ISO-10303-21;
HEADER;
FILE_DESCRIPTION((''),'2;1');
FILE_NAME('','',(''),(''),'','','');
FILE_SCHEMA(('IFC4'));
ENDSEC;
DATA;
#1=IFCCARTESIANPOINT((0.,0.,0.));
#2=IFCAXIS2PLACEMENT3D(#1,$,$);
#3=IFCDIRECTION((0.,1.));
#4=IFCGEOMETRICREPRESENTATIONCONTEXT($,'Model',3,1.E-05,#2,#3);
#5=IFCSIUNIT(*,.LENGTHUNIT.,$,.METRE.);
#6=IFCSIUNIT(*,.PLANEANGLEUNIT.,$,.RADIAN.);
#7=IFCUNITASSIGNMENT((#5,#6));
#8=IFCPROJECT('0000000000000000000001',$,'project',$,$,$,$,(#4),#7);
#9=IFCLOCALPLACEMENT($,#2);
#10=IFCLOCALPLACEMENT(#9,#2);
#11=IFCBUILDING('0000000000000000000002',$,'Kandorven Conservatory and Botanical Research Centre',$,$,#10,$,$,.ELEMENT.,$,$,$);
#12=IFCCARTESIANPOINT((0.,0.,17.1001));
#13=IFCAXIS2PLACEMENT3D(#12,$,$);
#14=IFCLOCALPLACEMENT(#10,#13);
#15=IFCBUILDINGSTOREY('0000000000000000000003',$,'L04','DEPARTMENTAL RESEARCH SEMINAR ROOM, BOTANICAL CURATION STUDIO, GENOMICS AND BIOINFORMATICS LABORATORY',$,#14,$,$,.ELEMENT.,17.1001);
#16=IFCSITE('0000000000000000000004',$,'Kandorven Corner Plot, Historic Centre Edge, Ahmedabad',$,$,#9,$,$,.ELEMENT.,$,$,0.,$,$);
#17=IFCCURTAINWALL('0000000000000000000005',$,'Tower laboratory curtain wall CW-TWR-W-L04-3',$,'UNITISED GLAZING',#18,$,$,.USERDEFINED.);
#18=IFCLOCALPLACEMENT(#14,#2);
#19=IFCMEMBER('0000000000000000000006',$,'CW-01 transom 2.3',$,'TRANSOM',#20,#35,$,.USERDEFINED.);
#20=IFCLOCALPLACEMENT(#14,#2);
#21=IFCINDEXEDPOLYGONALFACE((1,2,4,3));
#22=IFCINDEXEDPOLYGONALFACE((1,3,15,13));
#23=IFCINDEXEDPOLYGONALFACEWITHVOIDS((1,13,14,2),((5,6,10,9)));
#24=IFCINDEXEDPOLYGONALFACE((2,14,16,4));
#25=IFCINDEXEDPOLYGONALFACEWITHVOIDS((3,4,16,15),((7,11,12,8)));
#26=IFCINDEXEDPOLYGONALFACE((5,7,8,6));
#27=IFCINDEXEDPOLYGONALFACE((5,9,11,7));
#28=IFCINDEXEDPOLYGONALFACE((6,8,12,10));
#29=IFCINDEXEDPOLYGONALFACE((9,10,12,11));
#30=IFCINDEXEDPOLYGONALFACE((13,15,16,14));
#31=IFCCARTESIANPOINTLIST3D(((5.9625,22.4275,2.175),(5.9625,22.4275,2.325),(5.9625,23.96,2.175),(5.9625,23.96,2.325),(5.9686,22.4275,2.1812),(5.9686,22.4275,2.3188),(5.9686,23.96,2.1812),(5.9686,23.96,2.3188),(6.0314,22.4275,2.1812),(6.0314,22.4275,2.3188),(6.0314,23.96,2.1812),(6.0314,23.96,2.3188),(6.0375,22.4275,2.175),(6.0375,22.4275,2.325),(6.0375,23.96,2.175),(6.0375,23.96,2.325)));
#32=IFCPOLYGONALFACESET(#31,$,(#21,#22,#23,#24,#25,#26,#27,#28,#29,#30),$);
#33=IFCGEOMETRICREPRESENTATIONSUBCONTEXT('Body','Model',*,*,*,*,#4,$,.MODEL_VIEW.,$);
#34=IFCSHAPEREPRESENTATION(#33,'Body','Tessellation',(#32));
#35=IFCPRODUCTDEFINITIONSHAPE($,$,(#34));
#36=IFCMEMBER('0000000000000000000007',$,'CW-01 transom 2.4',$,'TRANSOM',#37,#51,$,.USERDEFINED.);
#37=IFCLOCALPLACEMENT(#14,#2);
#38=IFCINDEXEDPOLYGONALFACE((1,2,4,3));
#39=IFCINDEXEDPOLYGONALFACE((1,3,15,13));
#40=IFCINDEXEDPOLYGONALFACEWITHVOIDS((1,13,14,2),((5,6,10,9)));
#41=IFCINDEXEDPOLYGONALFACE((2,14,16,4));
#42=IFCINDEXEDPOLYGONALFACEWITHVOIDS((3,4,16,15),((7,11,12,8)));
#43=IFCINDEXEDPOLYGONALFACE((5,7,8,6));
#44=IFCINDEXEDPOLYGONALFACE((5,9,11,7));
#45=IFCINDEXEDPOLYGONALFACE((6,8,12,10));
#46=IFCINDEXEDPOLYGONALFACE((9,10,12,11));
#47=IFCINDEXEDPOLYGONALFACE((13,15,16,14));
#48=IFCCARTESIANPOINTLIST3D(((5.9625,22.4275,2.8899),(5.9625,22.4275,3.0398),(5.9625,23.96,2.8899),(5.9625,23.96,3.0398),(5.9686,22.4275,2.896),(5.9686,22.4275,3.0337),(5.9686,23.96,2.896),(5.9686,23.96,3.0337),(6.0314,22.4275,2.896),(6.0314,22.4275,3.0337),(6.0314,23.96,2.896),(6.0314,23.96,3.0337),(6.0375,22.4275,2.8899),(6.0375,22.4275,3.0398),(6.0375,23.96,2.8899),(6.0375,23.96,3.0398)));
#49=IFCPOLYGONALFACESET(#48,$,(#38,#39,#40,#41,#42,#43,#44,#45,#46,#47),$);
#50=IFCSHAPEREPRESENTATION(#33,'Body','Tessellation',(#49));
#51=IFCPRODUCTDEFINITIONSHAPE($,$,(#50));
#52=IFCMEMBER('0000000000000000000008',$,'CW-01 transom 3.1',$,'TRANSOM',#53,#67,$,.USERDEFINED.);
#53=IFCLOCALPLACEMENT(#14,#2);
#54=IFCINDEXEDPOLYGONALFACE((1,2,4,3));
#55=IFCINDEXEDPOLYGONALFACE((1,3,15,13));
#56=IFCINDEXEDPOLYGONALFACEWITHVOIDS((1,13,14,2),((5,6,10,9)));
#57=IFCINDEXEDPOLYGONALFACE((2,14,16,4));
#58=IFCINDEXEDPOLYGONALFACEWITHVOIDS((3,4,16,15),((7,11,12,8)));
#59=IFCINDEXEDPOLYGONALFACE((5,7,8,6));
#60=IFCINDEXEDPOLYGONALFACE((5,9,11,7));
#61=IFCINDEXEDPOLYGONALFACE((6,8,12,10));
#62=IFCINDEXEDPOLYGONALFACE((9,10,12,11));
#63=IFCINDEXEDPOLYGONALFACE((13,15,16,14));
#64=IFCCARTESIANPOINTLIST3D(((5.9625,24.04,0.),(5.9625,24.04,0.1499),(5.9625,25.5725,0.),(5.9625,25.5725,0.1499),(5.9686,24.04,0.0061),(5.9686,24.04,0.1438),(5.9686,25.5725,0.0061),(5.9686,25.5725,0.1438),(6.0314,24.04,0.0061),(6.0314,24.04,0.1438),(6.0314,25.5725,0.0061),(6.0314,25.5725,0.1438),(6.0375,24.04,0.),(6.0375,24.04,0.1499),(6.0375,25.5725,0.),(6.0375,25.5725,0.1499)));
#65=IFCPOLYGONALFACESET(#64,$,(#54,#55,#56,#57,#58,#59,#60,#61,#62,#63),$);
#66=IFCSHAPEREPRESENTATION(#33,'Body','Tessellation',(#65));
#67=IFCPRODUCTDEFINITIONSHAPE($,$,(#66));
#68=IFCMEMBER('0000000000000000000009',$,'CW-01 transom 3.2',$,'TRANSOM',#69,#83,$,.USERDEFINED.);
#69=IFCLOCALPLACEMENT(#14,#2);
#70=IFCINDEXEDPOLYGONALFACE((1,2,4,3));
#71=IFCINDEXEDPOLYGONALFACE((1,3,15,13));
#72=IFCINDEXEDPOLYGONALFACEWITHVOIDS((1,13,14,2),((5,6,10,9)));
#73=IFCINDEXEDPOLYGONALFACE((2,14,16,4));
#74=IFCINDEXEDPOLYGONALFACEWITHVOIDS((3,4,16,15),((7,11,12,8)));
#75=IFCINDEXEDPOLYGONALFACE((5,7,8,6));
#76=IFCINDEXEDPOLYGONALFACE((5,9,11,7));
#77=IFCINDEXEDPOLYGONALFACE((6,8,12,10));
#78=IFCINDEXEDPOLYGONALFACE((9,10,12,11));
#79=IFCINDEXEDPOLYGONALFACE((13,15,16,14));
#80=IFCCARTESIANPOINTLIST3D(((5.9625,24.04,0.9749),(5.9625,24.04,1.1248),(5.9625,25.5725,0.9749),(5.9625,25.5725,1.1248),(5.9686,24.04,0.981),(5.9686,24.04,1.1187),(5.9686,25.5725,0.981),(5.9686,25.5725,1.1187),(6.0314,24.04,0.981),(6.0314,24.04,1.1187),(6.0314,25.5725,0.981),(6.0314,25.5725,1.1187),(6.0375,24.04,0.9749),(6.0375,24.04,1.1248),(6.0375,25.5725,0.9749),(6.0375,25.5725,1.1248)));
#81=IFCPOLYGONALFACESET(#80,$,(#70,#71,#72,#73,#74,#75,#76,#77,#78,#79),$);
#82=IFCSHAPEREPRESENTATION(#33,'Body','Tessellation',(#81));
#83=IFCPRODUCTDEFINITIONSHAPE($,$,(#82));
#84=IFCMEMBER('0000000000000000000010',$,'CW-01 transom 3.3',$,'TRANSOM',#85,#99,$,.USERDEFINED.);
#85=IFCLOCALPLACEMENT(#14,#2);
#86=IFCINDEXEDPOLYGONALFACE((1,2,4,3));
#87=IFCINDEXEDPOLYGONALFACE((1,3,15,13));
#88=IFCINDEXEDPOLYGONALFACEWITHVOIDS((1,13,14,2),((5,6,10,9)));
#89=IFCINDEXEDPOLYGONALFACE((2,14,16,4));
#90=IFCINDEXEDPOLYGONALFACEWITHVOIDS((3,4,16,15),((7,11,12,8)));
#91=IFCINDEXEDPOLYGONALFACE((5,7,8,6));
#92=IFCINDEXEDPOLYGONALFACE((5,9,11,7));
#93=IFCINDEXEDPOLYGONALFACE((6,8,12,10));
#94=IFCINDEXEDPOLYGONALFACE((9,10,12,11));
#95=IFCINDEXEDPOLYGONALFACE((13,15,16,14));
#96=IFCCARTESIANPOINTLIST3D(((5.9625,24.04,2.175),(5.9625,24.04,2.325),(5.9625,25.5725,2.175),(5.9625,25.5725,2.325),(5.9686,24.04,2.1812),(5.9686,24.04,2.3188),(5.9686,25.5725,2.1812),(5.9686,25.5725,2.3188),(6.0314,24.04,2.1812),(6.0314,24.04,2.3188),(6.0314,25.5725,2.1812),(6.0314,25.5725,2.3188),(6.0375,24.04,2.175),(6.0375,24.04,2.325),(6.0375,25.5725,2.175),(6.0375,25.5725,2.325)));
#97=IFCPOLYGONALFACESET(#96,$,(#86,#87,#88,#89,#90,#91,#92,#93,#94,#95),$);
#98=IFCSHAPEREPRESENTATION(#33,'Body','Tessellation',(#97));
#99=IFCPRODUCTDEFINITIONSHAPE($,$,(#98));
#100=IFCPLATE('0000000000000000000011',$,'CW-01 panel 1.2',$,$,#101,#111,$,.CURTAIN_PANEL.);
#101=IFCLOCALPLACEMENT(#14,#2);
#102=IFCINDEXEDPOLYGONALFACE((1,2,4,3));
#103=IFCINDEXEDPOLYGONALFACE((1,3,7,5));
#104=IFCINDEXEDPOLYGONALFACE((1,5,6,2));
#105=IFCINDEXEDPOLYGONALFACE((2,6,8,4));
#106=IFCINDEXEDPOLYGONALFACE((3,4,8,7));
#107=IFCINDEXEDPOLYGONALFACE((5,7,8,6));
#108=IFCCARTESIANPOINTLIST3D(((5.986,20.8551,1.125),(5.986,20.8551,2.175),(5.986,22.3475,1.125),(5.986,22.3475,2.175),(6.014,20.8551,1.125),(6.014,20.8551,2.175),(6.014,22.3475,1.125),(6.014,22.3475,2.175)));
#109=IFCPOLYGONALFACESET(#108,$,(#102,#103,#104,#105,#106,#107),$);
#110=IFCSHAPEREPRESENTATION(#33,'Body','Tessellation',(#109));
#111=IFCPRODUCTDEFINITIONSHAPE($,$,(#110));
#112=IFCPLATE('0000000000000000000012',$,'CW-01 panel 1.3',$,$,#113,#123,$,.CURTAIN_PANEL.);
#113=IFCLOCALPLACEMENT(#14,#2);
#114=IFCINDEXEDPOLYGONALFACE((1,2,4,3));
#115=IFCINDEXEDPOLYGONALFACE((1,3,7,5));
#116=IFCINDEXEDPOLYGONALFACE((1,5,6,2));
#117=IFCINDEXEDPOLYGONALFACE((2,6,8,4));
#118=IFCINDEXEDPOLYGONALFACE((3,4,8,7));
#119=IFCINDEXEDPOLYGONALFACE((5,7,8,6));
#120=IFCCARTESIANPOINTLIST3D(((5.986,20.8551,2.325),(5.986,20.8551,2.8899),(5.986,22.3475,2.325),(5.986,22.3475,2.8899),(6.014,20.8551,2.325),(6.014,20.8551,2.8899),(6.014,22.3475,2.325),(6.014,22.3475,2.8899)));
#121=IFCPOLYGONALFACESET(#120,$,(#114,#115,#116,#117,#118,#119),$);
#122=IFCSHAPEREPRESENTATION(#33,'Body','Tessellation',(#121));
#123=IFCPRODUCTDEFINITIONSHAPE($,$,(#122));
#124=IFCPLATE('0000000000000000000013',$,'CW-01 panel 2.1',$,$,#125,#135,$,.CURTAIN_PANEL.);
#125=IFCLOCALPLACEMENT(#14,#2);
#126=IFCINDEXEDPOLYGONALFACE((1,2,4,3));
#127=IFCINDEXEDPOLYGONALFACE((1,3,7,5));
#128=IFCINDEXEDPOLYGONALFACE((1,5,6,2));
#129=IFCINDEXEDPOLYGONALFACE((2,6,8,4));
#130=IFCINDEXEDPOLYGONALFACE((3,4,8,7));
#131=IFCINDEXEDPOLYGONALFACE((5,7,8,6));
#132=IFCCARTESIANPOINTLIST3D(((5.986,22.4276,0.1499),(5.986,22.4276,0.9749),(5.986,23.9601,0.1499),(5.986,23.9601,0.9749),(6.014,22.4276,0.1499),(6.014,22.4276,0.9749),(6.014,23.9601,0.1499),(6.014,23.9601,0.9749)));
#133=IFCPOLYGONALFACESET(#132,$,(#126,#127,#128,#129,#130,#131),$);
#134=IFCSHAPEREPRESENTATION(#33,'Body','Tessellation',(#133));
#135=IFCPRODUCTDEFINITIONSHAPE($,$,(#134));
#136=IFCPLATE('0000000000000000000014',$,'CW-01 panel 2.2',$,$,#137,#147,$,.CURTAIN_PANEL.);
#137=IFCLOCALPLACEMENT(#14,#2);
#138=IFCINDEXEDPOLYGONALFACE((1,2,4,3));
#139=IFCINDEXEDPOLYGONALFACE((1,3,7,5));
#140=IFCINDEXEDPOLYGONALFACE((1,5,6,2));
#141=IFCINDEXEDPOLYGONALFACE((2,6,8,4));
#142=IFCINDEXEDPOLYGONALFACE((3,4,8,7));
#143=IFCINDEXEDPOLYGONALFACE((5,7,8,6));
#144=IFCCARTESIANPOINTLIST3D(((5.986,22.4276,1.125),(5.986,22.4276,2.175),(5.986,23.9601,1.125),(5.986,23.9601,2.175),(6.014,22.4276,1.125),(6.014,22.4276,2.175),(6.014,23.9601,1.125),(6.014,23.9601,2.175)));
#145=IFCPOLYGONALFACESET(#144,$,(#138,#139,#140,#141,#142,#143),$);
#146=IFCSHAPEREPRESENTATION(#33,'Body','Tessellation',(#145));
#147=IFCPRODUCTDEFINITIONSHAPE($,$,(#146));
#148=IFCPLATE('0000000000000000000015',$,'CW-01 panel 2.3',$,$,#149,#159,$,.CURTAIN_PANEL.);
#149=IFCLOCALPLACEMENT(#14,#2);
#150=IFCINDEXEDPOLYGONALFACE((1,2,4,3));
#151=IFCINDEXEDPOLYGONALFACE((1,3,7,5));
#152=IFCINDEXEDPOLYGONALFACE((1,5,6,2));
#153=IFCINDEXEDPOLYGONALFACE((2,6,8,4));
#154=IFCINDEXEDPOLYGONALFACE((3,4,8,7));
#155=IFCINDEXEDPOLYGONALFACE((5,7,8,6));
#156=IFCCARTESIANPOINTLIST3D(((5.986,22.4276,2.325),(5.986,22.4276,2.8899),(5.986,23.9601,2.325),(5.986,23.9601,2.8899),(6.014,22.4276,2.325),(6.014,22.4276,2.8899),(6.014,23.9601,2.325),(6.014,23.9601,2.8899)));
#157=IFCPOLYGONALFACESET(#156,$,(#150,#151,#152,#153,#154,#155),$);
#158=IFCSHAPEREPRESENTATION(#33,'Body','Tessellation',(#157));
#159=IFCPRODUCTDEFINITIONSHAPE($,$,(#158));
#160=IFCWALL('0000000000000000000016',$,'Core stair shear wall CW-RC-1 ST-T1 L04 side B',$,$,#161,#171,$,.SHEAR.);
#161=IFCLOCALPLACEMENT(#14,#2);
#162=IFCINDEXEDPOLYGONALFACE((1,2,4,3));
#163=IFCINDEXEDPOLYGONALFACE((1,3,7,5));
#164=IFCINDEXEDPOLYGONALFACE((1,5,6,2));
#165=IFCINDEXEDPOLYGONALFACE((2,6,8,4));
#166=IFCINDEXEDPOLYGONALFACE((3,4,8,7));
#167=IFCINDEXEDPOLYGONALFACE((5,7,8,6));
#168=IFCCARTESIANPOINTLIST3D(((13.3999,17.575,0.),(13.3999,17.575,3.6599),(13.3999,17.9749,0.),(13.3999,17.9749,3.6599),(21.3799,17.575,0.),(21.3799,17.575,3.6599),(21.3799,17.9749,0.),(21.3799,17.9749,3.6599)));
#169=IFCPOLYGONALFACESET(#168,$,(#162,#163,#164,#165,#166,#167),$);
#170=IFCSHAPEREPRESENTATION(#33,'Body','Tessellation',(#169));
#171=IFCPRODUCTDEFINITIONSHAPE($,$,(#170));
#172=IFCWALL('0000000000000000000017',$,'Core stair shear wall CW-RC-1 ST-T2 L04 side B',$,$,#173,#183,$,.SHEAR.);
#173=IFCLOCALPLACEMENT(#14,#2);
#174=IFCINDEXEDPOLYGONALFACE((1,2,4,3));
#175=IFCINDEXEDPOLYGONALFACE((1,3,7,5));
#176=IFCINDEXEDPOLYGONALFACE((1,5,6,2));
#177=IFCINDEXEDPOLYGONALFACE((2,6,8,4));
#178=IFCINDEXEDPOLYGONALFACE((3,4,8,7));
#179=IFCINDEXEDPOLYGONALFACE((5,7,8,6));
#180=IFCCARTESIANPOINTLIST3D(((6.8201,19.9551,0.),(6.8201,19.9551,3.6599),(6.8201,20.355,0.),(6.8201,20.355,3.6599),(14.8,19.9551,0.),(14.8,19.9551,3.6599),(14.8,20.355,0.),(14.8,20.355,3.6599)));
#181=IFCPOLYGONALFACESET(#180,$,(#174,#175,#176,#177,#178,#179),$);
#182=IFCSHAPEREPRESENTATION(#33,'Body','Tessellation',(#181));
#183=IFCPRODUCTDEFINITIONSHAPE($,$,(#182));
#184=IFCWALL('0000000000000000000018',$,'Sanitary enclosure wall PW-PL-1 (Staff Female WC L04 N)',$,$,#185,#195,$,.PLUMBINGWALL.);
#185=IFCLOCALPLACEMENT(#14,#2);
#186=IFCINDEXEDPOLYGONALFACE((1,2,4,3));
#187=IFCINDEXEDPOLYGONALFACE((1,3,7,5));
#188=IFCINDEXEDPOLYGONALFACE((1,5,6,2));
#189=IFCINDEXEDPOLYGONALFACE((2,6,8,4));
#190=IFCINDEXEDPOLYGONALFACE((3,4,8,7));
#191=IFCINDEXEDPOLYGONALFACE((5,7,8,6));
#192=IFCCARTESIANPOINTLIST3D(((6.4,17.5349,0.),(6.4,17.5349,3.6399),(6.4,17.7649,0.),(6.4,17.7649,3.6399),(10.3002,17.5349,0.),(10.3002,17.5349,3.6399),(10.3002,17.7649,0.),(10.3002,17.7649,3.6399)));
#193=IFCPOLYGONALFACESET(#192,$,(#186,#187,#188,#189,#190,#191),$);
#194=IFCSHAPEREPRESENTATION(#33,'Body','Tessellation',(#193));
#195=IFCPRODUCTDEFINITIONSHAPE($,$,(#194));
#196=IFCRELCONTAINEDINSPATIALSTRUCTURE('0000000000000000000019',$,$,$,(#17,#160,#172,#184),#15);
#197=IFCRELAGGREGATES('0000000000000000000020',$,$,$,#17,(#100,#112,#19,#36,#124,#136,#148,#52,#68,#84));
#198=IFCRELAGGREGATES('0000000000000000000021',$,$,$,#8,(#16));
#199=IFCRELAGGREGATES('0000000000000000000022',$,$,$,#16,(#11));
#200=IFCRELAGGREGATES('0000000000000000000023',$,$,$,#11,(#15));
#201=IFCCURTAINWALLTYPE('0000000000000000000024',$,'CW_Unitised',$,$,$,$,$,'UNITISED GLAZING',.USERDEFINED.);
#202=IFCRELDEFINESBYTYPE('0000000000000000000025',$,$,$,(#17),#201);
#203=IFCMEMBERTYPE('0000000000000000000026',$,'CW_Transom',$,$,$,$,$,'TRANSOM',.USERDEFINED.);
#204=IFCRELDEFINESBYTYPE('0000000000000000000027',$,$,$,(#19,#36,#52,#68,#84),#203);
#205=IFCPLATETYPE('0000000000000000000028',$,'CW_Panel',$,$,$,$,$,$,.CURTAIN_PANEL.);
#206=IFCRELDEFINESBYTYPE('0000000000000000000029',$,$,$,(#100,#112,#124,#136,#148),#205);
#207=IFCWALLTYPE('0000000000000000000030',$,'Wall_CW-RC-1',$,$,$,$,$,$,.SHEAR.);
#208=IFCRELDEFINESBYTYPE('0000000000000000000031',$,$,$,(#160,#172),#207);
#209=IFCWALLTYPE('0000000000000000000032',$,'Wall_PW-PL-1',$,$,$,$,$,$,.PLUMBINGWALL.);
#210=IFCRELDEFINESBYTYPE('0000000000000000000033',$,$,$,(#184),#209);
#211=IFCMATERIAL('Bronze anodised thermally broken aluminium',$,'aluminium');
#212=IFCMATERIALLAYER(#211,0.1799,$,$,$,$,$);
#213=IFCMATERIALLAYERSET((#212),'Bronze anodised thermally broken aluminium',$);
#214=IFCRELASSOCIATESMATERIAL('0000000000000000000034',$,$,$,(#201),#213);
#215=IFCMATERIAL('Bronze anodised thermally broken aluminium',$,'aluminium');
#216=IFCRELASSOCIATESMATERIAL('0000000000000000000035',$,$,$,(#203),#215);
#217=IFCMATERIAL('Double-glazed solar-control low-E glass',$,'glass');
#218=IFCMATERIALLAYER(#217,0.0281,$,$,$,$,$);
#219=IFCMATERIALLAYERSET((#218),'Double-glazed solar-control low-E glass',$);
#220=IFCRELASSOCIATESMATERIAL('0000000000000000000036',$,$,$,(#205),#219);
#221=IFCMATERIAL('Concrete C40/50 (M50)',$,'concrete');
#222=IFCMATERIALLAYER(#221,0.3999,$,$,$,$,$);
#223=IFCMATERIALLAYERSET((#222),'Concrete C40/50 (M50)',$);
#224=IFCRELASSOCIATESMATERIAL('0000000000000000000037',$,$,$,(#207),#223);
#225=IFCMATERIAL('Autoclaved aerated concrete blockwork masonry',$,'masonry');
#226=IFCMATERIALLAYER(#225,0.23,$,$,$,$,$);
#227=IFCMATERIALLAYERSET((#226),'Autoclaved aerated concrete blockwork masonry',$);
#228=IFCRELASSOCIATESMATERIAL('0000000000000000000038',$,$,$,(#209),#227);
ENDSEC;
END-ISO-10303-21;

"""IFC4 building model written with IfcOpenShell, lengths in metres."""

from ifc_helpers import new_model, si_unit, direction, frame, frame_2d, origin, origin_2d, place, context, subcontext, project, spatial, rectangle, hollow_rectangle, extrude, material, layer, layer_set, material_profile, profile_set, type_object, element, aggregate, save


model = new_model("IFC4")

# Units and contexts
model_context = context("Model", 3, precision=1e-05, world=origin(), true_north=direction((0.0, 1.0)))
body_context = subcontext(model_context, "Body", "Model", "MODEL_VIEW")
ifc_project = project(units=[si_unit("LENGTHUNIT", "METRE"), si_unit("PLANEANGLEUNIT", "RADIAN")], contexts=[model_context])

# Site, building, storey
site_placement = place(None, origin())
site = spatial("IfcSite", under=ifc_project, at=site_placement, Name="Kandorven Corner Plot, Historic Centre Edge, Ahmedabad", CompositionType="ELEMENT", RefElevation=0.0)
building_placement = place(site_placement, origin())
building = spatial("IfcBuilding", under=site, at=building_placement, Name="Kandorven Conservatory and Botanical Research Centre", CompositionType="ELEMENT")
storey_placement = place(building_placement, frame((0.0, 0.0, 17.1001)))
storey = spatial("IfcBuildingStorey", under=building, at=storey_placement, Name="L04", Description="DEPARTMENTAL RESEARCH SEMINAR ROOM, BOTANICAL CURATION STUDIO, GENOMICS AND BIOINFORMATICS LABORATORY", CompositionType="ELEMENT", Elevation=17.1001)

# Curtain wall, members, plates
ifc_material_1 = material(Name="Bronze anodised thermally broken aluminium", Category="aluminium")
ifc_layer_1 = layer(ifc_material_1, 0.1799)
ifc_layer_set_1 = layer_set([ifc_layer_1], Name="Bronze anodised thermally broken aluminium")
curtain_wall_type = type_object("IfcCurtainWallType", Name="CW_Unitised", ElementType="UNITISED GLAZING", PredefinedType="USERDEFINED", material=ifc_layer_set_1)
curtain_wall_placement = place(storey_placement, origin())
curtain_wall = element("IfcCurtainWall", 1, at=curtain_wall_placement, inside=storey, type_object=curtain_wall_type, Name="Tower laboratory curtain wall CW-TWR-W-L04-3", ObjectType="UNITISED GLAZING", PredefinedType="USERDEFINED")
ifc_material_2 = material(Name="Bronze anodised thermally broken aluminium", Category="aluminium")
ifc_material_profile_1 = material_profile(ifc_material_2, hollow_rectangle(XDim=0.075, YDim=0.1499, WallThickness=0.0061, at=origin_2d()))
ifc_profile_set_1 = profile_set([ifc_material_profile_1], Name="Bronze anodised thermally broken aluminium")
member_type_1 = type_object("IfcMemberType", Name="CW_Transom", ElementType="TRANSOM", PredefinedType="USERDEFINED", material=ifc_profile_set_1)
member_1_placement = place(storey_placement, frame((6.0, 22.4275, 2.25), z_axis=(0.0, 1.0, 0.0), x_axis=(-1.0, 0.0, 0.0)))
member_1 = element("IfcMember", 2, at=member_1_placement, type_object=member_type_1, Name="CW-01 transom 2.3", ObjectType="TRANSOM", PredefinedType="USERDEFINED", context=body_context, shape_type="SweptSolid", body=[
    extrude(hollow_rectangle(XDim=0.075, YDim=0.1499, WallThickness=0.0061, at=origin_2d()), origin(), (0.0, 0.0, 1.0), 1.5325),
])
member_2_placement = place(storey_placement, frame((6.0, 22.4275, 2.9648), z_axis=(0.0, 1.0, 0.0), x_axis=(-1.0, 0.0, 0.0)))
member_2 = element("IfcMember", 3, at=member_2_placement, type_object=member_type_1, Name="CW-01 transom 2.4", ObjectType="TRANSOM", PredefinedType="USERDEFINED", context=body_context, shape_type="SweptSolid", body=[
    extrude(hollow_rectangle(XDim=0.075, YDim=0.1499, WallThickness=0.0061, at=origin_2d()), origin(), (0.0, 0.0, 1.0), 1.5325),
])
member_3_placement = place(storey_placement, frame((6.0, 24.04, 0.075), z_axis=(0.0, 1.0, 0.0), x_axis=(-1.0, 0.0, 0.0)))
member_3 = element("IfcMember", 4, at=member_3_placement, type_object=member_type_1, Name="CW-01 transom 3.1", ObjectType="TRANSOM", PredefinedType="USERDEFINED", context=body_context, shape_type="SweptSolid", body=[
    extrude(hollow_rectangle(XDim=0.075, YDim=0.1499, WallThickness=0.0061, at=origin_2d()), origin(), (0.0, 0.0, 1.0), 1.5325),
])
member_4_placement = place(storey_placement, frame((6.0, 24.04, 1.0498), z_axis=(0.0, 1.0, 0.0), x_axis=(-1.0, 0.0, 0.0)))
member_4 = element("IfcMember", 5, at=member_4_placement, type_object=member_type_1, Name="CW-01 transom 3.2", ObjectType="TRANSOM", PredefinedType="USERDEFINED", context=body_context, shape_type="SweptSolid", body=[
    extrude(hollow_rectangle(XDim=0.075, YDim=0.1499, WallThickness=0.0061, at=origin_2d()), origin(), (0.0, 0.0, 1.0), 1.5325),
])
member_5_placement = place(storey_placement, frame((6.0, 24.04, 2.25), z_axis=(0.0, 1.0, 0.0), x_axis=(-1.0, 0.0, 0.0)))
member_5 = element("IfcMember", 6, at=member_5_placement, type_object=member_type_1, Name="CW-01 transom 3.3", ObjectType="TRANSOM", PredefinedType="USERDEFINED", context=body_context, shape_type="SweptSolid", body=[
    extrude(hollow_rectangle(XDim=0.075, YDim=0.1499, WallThickness=0.0061, at=origin_2d()), origin(), (0.0, 0.0, 1.0), 1.5325),
])
ifc_material_3 = material(Name="Double-glazed solar-control low-E glass", Category="glass")
ifc_layer_2 = layer(ifc_material_3, 0.0281)
ifc_layer_set_2 = layer_set([ifc_layer_2], Name="Double-glazed solar-control low-E glass")
plate_type = type_object("IfcPlateType", Name="CW_Panel", PredefinedType="CURTAIN_PANEL", material=ifc_layer_set_2)
plate_1_placement = place(storey_placement, frame((6.0, 21.6013, 1.125), z_axis=(0.0, 0.0, 1.0), x_axis=(0.0, 1.0, 0.0)))
plate_1 = element("IfcPlate", 7, at=plate_1_placement, type_object=plate_type, Name="CW-01 panel 1.2", PredefinedType="CURTAIN_PANEL", context=body_context, shape_type="SweptSolid", body=[
    extrude(rectangle(XDim=1.4924, YDim=0.0281, at=origin_2d()), origin(), (0.0, 0.0, 1.0), 1.05),
])
plate_2_placement = place(storey_placement, frame((6.0, 21.6013, 2.325), z_axis=(0.0, 0.0, 1.0), x_axis=(0.0, 1.0, 0.0)))
plate_2 = element("IfcPlate", 8, at=plate_2_placement, type_object=plate_type, Name="CW-01 panel 1.3", PredefinedType="CURTAIN_PANEL", context=body_context, shape_type="SweptSolid", body=[
    extrude(rectangle(XDim=1.4924, YDim=0.0281, at=origin_2d()), origin(), (0.0, 0.0, 1.0), 0.5649),
])
plate_3_placement = place(storey_placement, frame((6.0, 23.1938, 0.1499), z_axis=(0.0, 0.0, 1.0), x_axis=(0.0, 1.0, 0.0)))
plate_3 = element("IfcPlate", 9, at=plate_3_placement, type_object=plate_type, Name="CW-01 panel 2.1", PredefinedType="CURTAIN_PANEL", context=body_context, shape_type="SweptSolid", body=[
    extrude(rectangle(XDim=1.5325, YDim=0.0281, at=origin_2d()), origin(), (0.0, 0.0, 1.0), 0.825),
])
plate_4_placement = place(storey_placement, frame((6.0, 23.1938, 1.125), z_axis=(0.0, 0.0, 1.0), x_axis=(0.0, 1.0, 0.0)))
plate_4 = element("IfcPlate", 10, at=plate_4_placement, type_object=plate_type, Name="CW-01 panel 2.2", PredefinedType="CURTAIN_PANEL", context=body_context, shape_type="SweptSolid", body=[
    extrude(rectangle(XDim=1.5325, YDim=0.0281, at=origin_2d()), origin(), (0.0, 0.0, 1.0), 1.05),
])
plate_5_placement = place(storey_placement, frame((6.0, 23.1938, 2.325), z_axis=(0.0, 0.0, 1.0), x_axis=(0.0, 1.0, 0.0)))
plate_5 = element("IfcPlate", 11, at=plate_5_placement, type_object=plate_type, Name="CW-01 panel 2.3", PredefinedType="CURTAIN_PANEL", context=body_context, shape_type="SweptSolid", body=[
    extrude(rectangle(XDim=1.5325, YDim=0.0281, at=origin_2d()), origin(), (0.0, 0.0, 1.0), 0.5649),
])
aggregate(curtain_wall, [plate_1, plate_2, member_1, member_2, plate_3, plate_4, plate_5, member_3, member_4, member_5])

# Walls
ifc_material_4 = material(Name="Concrete C40/50 (M50)", Category="concrete")
ifc_layer_3 = layer(ifc_material_4, 0.3999)
ifc_layer_set_3 = layer_set([ifc_layer_3], Name="Concrete C40/50 (M50)")
wall_type_1 = type_object("IfcWallType", Name="Wall_CW-RC-1", PredefinedType="SHEAR", material=ifc_layer_set_3)
for number, where, z_axis, x_axis, name in (
    (12, (13.3999, 17.7749, 0.0), (0.0, 0.0, 1.0), (1.0, 0.0, 0.0), "Core stair shear wall CW-RC-1 ST-T1 L04 side B"),
    (13, (14.8, 20.155, 0.0), (0.0, 0.0, 1.0), (-1.0, 0.0, 0.0), "Core stair shear wall CW-RC-1 ST-T2 L04 side B"),
):
    element("IfcWall", number, at=place(storey_placement, frame(where, z_axis=z_axis, x_axis=x_axis)), inside=storey, type_object=wall_type_1, Name=name, PredefinedType="SHEAR", context=body_context, shape_type="SweptSolid", body=[
        extrude(rectangle(XDim=7.98, YDim=0.3999, at=frame_2d((3.99, 0.0))), origin(), (0.0, 0.0, 1.0), 3.6599),
    ])
ifc_material_5 = material(Name="Autoclaved aerated concrete blockwork masonry", Category="masonry")
ifc_layer_4 = layer(ifc_material_5, 0.23)
ifc_layer_set_4 = layer_set([ifc_layer_4], Name="Autoclaved aerated concrete blockwork masonry")
wall_type_2 = type_object("IfcWallType", Name="Wall_PW-PL-1", PredefinedType="PLUMBINGWALL", material=ifc_layer_set_4)
wall_1_placement = place(storey_placement, frame((6.3999, 17.6499, 0.0), z_axis=(0.0, 0.0, 1.0), x_axis=(1.0, 0.0, 0.0)))
element("IfcWall", 14, at=wall_1_placement, inside=storey, type_object=wall_type_2, Name="Sanitary enclosure wall PW-PL-1 (Staff Female WC L04 N)", PredefinedType="PLUMBINGWALL", context=body_context, shape_type="SweptSolid", body=[
    extrude(rectangle(XDim=3.9001, YDim=0.23, at=frame_2d((1.9502, 0.0))), origin(), (0.0, 0.0, 1.0), 3.6399),
])

save(model, "model.ifc")
